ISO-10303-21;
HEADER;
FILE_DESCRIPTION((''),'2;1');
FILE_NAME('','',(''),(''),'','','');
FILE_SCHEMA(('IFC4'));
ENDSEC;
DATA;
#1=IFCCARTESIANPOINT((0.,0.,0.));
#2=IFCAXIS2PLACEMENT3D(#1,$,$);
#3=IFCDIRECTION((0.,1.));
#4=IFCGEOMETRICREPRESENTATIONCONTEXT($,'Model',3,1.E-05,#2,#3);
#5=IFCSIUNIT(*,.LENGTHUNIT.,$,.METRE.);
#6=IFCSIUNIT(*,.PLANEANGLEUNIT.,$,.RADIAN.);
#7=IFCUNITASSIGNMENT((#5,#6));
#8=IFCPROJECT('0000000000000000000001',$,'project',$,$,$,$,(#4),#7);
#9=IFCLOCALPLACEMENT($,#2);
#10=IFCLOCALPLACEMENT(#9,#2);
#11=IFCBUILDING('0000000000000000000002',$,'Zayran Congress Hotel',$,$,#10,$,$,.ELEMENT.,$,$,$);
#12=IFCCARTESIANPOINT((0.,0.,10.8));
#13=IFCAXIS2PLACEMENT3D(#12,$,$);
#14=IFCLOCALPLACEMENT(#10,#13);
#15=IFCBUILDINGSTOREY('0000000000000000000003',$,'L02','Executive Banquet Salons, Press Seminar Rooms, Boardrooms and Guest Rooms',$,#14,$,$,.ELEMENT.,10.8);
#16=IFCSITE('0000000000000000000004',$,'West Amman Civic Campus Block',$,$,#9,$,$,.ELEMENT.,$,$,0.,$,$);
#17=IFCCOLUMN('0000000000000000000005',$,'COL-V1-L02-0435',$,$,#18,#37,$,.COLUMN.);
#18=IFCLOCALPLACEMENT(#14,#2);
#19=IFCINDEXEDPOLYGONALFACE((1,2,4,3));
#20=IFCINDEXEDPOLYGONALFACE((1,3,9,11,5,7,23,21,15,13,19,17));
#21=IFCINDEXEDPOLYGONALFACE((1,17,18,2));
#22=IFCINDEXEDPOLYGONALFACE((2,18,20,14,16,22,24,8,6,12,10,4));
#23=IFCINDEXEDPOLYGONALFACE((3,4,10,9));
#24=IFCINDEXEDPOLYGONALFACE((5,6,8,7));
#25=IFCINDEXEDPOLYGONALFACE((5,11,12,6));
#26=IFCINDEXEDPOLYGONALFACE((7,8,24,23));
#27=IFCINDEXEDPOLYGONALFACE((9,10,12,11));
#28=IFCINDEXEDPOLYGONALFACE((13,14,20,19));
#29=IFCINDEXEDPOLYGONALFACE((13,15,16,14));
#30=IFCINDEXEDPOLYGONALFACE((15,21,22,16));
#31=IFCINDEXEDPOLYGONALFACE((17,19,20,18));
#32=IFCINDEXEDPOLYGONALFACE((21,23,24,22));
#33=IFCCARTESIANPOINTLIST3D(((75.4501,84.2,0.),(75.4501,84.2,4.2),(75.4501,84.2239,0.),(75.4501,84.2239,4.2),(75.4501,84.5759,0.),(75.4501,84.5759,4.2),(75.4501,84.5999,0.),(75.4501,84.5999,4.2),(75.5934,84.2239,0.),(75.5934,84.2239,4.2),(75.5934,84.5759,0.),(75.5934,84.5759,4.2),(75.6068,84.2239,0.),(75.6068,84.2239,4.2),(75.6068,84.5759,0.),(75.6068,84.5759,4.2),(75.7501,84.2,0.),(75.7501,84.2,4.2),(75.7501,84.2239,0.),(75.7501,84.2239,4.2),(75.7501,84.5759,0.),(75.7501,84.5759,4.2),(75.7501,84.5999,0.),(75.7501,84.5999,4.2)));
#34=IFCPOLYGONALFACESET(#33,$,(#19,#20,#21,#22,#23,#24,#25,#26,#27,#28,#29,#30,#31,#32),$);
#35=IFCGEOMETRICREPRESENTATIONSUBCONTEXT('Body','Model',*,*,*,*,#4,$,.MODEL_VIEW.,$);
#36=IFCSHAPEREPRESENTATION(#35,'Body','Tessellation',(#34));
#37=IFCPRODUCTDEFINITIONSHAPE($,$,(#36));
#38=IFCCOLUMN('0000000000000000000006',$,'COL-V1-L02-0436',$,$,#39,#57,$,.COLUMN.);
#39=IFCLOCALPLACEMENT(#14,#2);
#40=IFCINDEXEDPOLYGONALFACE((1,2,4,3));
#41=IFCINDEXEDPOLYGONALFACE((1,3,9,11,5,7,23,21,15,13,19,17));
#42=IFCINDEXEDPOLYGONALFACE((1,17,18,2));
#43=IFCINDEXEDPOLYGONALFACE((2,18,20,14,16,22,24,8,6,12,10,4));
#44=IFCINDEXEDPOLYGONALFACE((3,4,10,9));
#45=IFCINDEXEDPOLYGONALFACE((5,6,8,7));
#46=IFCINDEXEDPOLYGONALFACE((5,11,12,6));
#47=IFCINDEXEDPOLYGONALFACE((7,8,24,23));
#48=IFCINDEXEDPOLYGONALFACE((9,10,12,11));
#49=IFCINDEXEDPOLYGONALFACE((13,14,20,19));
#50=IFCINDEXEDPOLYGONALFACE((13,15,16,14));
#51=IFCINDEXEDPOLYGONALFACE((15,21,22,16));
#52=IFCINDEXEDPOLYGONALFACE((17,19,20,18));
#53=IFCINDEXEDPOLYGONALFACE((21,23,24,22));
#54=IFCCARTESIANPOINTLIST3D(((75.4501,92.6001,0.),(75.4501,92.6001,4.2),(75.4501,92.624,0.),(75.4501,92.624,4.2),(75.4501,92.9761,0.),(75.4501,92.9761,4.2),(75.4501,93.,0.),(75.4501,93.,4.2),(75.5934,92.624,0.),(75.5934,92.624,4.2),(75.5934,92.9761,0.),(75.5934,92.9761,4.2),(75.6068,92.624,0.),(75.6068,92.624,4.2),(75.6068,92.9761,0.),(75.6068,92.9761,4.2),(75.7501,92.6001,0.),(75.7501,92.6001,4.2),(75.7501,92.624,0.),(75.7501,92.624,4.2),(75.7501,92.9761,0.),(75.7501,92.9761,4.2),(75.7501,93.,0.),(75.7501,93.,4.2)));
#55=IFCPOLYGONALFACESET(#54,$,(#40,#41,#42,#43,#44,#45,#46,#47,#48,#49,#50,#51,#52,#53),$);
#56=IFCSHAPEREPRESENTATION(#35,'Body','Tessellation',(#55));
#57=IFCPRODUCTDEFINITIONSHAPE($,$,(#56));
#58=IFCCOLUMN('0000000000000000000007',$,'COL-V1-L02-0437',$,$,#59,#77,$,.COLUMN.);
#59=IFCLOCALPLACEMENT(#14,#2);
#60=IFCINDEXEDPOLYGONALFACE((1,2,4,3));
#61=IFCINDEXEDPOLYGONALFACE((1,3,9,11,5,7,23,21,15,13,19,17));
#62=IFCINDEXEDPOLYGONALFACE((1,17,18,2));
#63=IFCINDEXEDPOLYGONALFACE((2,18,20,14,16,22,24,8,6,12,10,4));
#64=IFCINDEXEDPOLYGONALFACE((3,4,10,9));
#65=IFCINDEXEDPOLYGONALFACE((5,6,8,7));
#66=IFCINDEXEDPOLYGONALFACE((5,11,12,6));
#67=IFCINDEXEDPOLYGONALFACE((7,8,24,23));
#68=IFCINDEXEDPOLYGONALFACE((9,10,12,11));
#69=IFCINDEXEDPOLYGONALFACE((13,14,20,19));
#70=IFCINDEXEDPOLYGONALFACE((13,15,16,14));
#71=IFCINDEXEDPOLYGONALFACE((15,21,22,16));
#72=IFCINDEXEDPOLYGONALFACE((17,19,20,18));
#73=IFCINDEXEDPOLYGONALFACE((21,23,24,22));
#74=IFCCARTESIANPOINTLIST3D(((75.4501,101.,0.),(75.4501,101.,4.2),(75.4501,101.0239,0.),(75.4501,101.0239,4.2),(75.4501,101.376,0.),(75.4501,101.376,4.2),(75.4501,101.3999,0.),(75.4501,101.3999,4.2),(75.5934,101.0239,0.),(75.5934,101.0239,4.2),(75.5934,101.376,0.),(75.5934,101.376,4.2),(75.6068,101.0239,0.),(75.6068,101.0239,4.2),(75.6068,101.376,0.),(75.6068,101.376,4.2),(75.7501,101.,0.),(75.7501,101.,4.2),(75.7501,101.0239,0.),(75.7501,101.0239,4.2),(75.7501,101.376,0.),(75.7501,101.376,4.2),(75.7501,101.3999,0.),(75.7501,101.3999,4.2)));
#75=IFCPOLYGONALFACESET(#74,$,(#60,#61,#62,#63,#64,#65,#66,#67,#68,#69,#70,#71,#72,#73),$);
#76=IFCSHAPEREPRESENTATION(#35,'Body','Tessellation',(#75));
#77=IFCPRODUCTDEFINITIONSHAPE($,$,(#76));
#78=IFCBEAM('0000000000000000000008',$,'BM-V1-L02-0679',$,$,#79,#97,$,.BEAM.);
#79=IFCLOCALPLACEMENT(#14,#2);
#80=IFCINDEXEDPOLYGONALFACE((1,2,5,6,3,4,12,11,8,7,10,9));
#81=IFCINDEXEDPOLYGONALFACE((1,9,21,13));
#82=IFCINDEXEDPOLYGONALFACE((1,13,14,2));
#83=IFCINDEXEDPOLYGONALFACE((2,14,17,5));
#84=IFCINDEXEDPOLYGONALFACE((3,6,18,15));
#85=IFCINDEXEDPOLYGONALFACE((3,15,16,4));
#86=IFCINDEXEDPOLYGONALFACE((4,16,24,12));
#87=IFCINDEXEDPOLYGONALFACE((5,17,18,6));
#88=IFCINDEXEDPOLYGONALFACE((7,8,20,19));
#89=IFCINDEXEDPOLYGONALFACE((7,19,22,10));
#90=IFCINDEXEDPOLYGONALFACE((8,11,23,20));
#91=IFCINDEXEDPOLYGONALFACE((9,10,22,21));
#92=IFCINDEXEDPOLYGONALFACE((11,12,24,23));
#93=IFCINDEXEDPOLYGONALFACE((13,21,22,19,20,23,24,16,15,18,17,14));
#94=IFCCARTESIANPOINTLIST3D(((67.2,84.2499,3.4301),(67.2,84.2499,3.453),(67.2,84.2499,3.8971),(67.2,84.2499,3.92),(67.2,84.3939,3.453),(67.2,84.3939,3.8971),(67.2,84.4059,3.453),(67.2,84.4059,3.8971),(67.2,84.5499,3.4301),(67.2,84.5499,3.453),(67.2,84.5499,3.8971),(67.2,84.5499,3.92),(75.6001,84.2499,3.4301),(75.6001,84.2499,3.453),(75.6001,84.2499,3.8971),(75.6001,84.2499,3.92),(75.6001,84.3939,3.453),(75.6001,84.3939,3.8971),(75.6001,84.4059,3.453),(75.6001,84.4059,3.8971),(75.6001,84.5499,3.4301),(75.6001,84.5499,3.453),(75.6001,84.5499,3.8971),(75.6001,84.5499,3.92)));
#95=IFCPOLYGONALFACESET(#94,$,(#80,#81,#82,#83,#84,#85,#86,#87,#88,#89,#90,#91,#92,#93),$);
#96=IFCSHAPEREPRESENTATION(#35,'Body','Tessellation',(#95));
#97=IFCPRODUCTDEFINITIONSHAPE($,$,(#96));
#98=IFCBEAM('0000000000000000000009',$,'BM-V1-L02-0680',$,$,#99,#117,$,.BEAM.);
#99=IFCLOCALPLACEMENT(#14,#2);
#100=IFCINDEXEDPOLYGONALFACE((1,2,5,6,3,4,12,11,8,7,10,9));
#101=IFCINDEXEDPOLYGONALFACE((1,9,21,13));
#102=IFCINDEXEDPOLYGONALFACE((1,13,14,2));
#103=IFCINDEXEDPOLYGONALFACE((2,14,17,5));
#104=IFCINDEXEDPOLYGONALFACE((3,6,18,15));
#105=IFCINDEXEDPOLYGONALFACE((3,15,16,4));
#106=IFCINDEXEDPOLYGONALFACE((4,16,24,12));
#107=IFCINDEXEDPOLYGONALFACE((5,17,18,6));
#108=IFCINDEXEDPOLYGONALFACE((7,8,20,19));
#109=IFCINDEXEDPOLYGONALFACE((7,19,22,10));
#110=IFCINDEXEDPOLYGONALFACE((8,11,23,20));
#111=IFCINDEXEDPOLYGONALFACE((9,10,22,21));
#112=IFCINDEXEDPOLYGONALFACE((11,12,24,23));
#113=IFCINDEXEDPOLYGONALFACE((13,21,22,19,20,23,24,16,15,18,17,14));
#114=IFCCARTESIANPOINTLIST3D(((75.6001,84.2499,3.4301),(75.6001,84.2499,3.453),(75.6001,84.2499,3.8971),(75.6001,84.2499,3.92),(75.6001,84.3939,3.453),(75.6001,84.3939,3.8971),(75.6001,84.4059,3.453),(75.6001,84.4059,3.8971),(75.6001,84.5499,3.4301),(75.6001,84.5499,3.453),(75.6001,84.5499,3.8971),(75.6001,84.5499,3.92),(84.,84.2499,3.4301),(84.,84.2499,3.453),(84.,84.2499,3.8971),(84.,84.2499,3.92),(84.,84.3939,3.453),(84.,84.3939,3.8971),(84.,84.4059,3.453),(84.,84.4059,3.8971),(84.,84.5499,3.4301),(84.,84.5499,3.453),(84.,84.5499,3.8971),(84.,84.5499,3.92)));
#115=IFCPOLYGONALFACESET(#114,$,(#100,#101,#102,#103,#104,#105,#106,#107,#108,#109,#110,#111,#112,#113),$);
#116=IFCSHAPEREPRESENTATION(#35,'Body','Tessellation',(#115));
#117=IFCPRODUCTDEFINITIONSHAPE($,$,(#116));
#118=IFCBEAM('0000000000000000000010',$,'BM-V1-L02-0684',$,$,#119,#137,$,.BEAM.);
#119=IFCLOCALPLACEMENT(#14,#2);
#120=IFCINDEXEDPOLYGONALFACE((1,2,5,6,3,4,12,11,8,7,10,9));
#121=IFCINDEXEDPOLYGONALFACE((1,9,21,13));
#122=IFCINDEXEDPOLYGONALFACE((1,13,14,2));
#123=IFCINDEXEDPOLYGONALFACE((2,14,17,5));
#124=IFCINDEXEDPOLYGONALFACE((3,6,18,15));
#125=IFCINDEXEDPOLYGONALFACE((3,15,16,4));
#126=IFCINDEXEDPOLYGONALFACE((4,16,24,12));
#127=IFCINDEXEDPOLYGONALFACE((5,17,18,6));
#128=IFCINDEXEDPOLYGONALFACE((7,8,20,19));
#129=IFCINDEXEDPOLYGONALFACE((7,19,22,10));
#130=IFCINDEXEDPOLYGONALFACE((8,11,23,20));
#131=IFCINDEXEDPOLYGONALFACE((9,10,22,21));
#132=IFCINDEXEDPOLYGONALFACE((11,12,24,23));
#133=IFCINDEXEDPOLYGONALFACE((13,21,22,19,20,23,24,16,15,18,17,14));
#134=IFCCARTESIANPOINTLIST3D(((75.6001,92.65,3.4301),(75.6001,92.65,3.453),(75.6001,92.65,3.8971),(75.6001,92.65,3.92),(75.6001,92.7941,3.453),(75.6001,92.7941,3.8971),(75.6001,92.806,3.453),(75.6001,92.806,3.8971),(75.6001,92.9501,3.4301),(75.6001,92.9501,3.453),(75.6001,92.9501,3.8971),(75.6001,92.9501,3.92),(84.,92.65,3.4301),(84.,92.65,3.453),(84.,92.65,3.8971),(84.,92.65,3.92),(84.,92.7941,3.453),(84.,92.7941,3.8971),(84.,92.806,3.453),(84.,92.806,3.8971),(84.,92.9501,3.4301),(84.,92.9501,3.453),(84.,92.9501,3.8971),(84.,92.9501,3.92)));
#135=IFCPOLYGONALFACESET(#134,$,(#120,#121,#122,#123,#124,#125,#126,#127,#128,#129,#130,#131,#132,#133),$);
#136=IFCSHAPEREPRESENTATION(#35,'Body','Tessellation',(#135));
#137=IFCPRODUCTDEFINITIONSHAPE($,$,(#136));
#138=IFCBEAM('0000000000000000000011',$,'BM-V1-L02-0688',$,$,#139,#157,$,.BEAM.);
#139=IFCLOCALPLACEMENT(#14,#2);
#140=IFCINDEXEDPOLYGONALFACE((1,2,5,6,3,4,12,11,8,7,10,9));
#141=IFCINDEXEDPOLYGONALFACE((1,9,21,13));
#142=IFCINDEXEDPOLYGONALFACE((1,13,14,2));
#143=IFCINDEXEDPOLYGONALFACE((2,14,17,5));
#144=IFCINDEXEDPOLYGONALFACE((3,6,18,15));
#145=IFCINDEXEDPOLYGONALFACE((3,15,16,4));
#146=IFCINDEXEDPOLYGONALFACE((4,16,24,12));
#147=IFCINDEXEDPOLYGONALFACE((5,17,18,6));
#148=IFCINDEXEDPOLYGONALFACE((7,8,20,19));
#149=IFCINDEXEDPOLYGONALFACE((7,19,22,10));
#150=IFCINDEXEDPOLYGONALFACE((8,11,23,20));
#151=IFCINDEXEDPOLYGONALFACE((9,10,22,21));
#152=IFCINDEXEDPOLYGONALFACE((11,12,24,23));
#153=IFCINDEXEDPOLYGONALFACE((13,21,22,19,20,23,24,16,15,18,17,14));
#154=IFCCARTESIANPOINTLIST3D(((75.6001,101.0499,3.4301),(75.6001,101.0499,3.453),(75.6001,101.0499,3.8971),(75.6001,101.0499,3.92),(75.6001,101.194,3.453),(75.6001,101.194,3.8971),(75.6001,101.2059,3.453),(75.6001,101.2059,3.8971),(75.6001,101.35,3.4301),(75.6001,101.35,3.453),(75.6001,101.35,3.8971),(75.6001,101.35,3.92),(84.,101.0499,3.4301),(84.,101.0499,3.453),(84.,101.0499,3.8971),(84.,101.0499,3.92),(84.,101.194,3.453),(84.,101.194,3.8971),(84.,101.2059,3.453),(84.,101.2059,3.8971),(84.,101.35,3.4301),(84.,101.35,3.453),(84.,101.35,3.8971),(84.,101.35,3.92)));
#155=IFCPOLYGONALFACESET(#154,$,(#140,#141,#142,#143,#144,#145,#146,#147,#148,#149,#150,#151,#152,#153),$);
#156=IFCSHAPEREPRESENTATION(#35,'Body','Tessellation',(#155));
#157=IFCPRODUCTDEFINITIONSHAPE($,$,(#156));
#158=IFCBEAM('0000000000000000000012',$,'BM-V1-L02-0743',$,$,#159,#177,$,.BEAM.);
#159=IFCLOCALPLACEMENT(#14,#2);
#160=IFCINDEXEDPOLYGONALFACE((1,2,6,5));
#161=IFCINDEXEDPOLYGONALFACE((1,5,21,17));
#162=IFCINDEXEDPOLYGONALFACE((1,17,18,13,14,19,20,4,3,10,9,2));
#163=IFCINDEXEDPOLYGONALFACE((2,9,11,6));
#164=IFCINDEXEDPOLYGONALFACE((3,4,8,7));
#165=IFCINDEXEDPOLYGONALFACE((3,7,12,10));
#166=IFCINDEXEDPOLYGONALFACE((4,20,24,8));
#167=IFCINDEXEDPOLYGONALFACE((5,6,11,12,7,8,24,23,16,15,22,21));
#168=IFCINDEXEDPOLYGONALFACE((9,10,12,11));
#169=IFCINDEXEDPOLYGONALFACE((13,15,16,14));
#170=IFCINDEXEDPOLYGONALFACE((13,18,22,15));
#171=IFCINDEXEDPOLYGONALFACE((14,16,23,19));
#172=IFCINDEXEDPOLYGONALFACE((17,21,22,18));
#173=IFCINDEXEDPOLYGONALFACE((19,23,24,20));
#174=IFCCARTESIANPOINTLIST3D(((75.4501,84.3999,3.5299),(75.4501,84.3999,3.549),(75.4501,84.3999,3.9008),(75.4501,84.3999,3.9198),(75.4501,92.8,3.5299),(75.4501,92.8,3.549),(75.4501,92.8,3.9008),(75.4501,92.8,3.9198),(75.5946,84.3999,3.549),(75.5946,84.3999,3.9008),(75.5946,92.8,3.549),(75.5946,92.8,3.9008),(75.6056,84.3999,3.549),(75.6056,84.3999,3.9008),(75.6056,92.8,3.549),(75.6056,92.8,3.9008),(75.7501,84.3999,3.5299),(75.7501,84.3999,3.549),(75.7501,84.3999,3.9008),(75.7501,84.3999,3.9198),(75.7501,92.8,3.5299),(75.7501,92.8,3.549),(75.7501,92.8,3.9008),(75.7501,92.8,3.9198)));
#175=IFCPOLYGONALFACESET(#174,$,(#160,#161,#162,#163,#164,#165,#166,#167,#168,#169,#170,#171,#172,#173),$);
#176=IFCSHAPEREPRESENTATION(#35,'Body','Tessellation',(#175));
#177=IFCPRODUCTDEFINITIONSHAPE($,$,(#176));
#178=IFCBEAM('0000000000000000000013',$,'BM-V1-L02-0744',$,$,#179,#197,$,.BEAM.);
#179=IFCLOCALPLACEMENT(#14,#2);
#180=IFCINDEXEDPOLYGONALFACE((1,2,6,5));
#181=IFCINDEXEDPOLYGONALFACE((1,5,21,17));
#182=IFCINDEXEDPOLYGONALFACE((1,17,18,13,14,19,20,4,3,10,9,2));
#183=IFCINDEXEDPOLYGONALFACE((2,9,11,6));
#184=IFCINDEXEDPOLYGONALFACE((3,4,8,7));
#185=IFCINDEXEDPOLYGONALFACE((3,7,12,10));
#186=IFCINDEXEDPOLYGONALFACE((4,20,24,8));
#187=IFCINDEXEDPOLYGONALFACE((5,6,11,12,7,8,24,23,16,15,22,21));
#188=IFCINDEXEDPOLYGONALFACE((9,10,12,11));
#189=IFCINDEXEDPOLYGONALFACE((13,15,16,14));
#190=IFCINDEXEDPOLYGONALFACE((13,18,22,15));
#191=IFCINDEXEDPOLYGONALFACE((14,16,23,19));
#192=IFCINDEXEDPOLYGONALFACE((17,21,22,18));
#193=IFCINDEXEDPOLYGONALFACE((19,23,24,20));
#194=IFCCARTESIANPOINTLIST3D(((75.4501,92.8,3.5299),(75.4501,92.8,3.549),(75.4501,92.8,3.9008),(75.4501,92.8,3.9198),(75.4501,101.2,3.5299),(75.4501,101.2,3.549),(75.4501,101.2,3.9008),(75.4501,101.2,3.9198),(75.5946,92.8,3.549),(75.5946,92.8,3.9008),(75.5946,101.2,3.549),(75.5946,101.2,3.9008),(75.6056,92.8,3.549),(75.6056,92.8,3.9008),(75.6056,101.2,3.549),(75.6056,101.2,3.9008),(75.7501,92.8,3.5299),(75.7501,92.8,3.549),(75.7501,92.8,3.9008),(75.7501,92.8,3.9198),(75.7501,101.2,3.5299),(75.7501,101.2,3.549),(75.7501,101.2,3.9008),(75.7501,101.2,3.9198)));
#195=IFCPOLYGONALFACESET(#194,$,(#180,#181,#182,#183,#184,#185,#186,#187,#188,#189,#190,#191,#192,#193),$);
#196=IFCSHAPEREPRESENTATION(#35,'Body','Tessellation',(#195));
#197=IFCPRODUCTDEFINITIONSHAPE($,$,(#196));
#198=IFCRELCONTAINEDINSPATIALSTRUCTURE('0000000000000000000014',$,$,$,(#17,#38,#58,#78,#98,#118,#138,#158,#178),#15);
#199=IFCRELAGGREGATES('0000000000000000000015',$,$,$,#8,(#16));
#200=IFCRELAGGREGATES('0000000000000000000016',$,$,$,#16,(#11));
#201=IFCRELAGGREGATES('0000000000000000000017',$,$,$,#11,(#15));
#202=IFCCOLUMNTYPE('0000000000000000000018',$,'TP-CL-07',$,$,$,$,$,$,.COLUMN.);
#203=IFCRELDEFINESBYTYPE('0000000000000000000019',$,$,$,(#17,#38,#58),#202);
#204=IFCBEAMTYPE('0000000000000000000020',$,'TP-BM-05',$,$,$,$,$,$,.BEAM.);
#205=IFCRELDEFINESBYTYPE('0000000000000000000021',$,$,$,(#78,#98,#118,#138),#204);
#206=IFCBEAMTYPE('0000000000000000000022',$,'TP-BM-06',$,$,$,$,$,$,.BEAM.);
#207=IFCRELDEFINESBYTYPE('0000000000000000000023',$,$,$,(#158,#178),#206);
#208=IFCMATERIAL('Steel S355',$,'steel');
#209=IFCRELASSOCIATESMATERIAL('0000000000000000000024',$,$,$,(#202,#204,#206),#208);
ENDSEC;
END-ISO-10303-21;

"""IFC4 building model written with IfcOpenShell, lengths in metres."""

from ifc_helpers import new_model, si_unit, direction, frame, origin, origin_2d, place, context, subcontext, project, spatial, i_section, extrude, material, material_profile, profile_set, type_object, element, save


model = new_model("IFC4")

# Units and contexts
model_context = context("Model", 3, precision=1e-05, world=origin(), true_north=direction((0.0, 1.0)))
body_context = subcontext(model_context, "Body", "Model", "MODEL_VIEW")
ifc_project = project(units=[si_unit("LENGTHUNIT", "METRE"), si_unit("PLANEANGLEUNIT", "RADIAN")], contexts=[model_context])

# Site, building, storey
site_placement = place(None, origin())
site = spatial("IfcSite", under=ifc_project, at=site_placement, Name="West Amman Civic Campus Block", CompositionType="ELEMENT", RefElevation=0.0)
building_placement = place(site_placement, origin())
building = spatial("IfcBuilding", under=site, at=building_placement, Name="Zayran Congress Hotel", CompositionType="ELEMENT")
storey_placement = place(building_placement, frame((0.0, 0.0, 10.8)))
storey = spatial("IfcBuildingStorey", under=building, at=storey_placement, Name="L02", Description="Executive Banquet Salons, Press Seminar Rooms, Boardrooms and Guest Rooms", CompositionType="ELEMENT", Elevation=10.8)

# Columns
ifc_material_1 = material(Name="Steel S355", Category="steel")
ifc_material_profile_1 = material_profile(ifc_material_1, i_section(OverallWidth=0.3, OverallDepth=0.3999, WebThickness=0.0134, FlangeThickness=0.0239, at=origin_2d()), Name="HEB 400")
ifc_profile_set_1 = profile_set([ifc_material_profile_1], Name="Steel S355")
column_type = type_object("IfcColumnType", Name="TP-CL-07", PredefinedType="COLUMN", material=ifc_profile_set_1)
for number, where, z_axis, x_axis, name in (
    (1, (75.6001, 84.3999, 0.0), (0.0, 0.0, 1.0), (1.0, 0.0, 0.0), "COL-V1-L02-0435"),
    (2, (75.6001, 92.8, 0.0), (0.0, 0.0, 1.0), (1.0, 0.0, 0.0), "COL-V1-L02-0436"),
    (3, (75.6001, 101.2, 0.0), (0.0, 0.0, 1.0), (1.0, 0.0, 0.0), "COL-V1-L02-0437"),
):
    element("IfcColumn", number, at=place(storey_placement, frame(where, z_axis=z_axis, x_axis=x_axis)), inside=storey, type_object=column_type, Name=name, PredefinedType="COLUMN", context=body_context, shape_type="SweptSolid", body=[
        extrude(i_section(OverallWidth=0.3, OverallDepth=0.3999, WebThickness=0.0134, FlangeThickness=0.0239, at=origin_2d()), origin(), (0.0, 0.0, 1.0), 4.2),
    ])

# Beams
ifc_material_profile_2 = material_profile(ifc_material_1, i_section(OverallWidth=0.3, OverallDepth=0.49, WebThickness=0.012, FlangeThickness=0.0229, at=origin_2d()), Name="HEA 500")
ifc_profile_set_2 = profile_set([ifc_material_profile_2], Name="Steel S355")
beam_type_1 = type_object("IfcBeamType", Name="TP-BM-05", PredefinedType="BEAM", material=ifc_profile_set_2)
beam_1_placement = place(storey_placement, frame((67.2, 84.3999, 3.675), z_axis=(1.0, 0.0, 0.0), x_axis=(0.0, 1.0, 0.0)))
element("IfcBeam", 4, at=beam_1_placement, inside=storey, type_object=beam_type_1, Name="BM-V1-L02-0679", PredefinedType="BEAM", context=body_context, shape_type="SweptSolid", body=[
    extrude(i_section(OverallWidth=0.3, OverallDepth=0.49, WebThickness=0.012, FlangeThickness=0.0229, at=origin_2d()), origin(), (0.0, 0.0, 1.0), 8.4001),
])
for number, where, z_axis, x_axis, name in (
    (5, (75.6001, 84.3999, 3.675), (1.0, 0.0, 0.0), (0.0, 1.0, 0.0), "BM-V1-L02-0680"),
    (6, (75.6001, 92.8, 3.675), (1.0, 0.0, 0.0), (0.0, 1.0, 0.0), "BM-V1-L02-0684"),
    (7, (75.6001, 101.2, 3.675), (1.0, 0.0, 0.0), (0.0, 1.0, 0.0), "BM-V1-L02-0688"),
):
    element("IfcBeam", number, at=place(storey_placement, frame(where, z_axis=z_axis, x_axis=x_axis)), inside=storey, type_object=beam_type_1, Name=name, PredefinedType="BEAM", context=body_context, shape_type="SweptSolid", body=[
        extrude(i_section(OverallWidth=0.3, OverallDepth=0.49, WebThickness=0.012, FlangeThickness=0.0229, at=origin_2d()), origin(), (0.0, 0.0, 1.0), 8.3999),
    ])
ifc_material_profile_3 = material_profile(ifc_material_1, i_section(OverallWidth=0.3, OverallDepth=0.3899, WebThickness=0.011, FlangeThickness=0.019, at=origin_2d()), Name="HEA 400")
ifc_profile_set_3 = profile_set([ifc_material_profile_3], Name="Steel S355")
beam_type_2 = type_object("IfcBeamType", Name="TP-BM-06", PredefinedType="BEAM", material=ifc_profile_set_3)
beam_2_placement = place(storey_placement, frame((75.6001, 84.3999, 3.7249), z_axis=(0.0, 1.0, 0.0), x_axis=(-1.0, 0.0, 0.0)))
element("IfcBeam", 8, at=beam_2_placement, inside=storey, type_object=beam_type_2, Name="BM-V1-L02-0743", PredefinedType="BEAM", context=body_context, shape_type="SweptSolid", body=[
    extrude(i_section(OverallWidth=0.3, OverallDepth=0.3899, WebThickness=0.011, FlangeThickness=0.019, at=origin_2d()), origin(), (0.0, 0.0, 1.0), 8.4001),
])
beam_3_placement = place(storey_placement, frame((75.6001, 92.8, 3.7249), z_axis=(0.0, 1.0, 0.0), x_axis=(-1.0, 0.0, 0.0)))
element("IfcBeam", 9, at=beam_3_placement, inside=storey, type_object=beam_type_2, Name="BM-V1-L02-0744", PredefinedType="BEAM", context=body_context, shape_type="SweptSolid", body=[
    extrude(i_section(OverallWidth=0.3, OverallDepth=0.3899, WebThickness=0.011, FlangeThickness=0.019, at=origin_2d()), origin(), (0.0, 0.0, 1.0), 8.3999),
])

save(model, "model.ifc")
